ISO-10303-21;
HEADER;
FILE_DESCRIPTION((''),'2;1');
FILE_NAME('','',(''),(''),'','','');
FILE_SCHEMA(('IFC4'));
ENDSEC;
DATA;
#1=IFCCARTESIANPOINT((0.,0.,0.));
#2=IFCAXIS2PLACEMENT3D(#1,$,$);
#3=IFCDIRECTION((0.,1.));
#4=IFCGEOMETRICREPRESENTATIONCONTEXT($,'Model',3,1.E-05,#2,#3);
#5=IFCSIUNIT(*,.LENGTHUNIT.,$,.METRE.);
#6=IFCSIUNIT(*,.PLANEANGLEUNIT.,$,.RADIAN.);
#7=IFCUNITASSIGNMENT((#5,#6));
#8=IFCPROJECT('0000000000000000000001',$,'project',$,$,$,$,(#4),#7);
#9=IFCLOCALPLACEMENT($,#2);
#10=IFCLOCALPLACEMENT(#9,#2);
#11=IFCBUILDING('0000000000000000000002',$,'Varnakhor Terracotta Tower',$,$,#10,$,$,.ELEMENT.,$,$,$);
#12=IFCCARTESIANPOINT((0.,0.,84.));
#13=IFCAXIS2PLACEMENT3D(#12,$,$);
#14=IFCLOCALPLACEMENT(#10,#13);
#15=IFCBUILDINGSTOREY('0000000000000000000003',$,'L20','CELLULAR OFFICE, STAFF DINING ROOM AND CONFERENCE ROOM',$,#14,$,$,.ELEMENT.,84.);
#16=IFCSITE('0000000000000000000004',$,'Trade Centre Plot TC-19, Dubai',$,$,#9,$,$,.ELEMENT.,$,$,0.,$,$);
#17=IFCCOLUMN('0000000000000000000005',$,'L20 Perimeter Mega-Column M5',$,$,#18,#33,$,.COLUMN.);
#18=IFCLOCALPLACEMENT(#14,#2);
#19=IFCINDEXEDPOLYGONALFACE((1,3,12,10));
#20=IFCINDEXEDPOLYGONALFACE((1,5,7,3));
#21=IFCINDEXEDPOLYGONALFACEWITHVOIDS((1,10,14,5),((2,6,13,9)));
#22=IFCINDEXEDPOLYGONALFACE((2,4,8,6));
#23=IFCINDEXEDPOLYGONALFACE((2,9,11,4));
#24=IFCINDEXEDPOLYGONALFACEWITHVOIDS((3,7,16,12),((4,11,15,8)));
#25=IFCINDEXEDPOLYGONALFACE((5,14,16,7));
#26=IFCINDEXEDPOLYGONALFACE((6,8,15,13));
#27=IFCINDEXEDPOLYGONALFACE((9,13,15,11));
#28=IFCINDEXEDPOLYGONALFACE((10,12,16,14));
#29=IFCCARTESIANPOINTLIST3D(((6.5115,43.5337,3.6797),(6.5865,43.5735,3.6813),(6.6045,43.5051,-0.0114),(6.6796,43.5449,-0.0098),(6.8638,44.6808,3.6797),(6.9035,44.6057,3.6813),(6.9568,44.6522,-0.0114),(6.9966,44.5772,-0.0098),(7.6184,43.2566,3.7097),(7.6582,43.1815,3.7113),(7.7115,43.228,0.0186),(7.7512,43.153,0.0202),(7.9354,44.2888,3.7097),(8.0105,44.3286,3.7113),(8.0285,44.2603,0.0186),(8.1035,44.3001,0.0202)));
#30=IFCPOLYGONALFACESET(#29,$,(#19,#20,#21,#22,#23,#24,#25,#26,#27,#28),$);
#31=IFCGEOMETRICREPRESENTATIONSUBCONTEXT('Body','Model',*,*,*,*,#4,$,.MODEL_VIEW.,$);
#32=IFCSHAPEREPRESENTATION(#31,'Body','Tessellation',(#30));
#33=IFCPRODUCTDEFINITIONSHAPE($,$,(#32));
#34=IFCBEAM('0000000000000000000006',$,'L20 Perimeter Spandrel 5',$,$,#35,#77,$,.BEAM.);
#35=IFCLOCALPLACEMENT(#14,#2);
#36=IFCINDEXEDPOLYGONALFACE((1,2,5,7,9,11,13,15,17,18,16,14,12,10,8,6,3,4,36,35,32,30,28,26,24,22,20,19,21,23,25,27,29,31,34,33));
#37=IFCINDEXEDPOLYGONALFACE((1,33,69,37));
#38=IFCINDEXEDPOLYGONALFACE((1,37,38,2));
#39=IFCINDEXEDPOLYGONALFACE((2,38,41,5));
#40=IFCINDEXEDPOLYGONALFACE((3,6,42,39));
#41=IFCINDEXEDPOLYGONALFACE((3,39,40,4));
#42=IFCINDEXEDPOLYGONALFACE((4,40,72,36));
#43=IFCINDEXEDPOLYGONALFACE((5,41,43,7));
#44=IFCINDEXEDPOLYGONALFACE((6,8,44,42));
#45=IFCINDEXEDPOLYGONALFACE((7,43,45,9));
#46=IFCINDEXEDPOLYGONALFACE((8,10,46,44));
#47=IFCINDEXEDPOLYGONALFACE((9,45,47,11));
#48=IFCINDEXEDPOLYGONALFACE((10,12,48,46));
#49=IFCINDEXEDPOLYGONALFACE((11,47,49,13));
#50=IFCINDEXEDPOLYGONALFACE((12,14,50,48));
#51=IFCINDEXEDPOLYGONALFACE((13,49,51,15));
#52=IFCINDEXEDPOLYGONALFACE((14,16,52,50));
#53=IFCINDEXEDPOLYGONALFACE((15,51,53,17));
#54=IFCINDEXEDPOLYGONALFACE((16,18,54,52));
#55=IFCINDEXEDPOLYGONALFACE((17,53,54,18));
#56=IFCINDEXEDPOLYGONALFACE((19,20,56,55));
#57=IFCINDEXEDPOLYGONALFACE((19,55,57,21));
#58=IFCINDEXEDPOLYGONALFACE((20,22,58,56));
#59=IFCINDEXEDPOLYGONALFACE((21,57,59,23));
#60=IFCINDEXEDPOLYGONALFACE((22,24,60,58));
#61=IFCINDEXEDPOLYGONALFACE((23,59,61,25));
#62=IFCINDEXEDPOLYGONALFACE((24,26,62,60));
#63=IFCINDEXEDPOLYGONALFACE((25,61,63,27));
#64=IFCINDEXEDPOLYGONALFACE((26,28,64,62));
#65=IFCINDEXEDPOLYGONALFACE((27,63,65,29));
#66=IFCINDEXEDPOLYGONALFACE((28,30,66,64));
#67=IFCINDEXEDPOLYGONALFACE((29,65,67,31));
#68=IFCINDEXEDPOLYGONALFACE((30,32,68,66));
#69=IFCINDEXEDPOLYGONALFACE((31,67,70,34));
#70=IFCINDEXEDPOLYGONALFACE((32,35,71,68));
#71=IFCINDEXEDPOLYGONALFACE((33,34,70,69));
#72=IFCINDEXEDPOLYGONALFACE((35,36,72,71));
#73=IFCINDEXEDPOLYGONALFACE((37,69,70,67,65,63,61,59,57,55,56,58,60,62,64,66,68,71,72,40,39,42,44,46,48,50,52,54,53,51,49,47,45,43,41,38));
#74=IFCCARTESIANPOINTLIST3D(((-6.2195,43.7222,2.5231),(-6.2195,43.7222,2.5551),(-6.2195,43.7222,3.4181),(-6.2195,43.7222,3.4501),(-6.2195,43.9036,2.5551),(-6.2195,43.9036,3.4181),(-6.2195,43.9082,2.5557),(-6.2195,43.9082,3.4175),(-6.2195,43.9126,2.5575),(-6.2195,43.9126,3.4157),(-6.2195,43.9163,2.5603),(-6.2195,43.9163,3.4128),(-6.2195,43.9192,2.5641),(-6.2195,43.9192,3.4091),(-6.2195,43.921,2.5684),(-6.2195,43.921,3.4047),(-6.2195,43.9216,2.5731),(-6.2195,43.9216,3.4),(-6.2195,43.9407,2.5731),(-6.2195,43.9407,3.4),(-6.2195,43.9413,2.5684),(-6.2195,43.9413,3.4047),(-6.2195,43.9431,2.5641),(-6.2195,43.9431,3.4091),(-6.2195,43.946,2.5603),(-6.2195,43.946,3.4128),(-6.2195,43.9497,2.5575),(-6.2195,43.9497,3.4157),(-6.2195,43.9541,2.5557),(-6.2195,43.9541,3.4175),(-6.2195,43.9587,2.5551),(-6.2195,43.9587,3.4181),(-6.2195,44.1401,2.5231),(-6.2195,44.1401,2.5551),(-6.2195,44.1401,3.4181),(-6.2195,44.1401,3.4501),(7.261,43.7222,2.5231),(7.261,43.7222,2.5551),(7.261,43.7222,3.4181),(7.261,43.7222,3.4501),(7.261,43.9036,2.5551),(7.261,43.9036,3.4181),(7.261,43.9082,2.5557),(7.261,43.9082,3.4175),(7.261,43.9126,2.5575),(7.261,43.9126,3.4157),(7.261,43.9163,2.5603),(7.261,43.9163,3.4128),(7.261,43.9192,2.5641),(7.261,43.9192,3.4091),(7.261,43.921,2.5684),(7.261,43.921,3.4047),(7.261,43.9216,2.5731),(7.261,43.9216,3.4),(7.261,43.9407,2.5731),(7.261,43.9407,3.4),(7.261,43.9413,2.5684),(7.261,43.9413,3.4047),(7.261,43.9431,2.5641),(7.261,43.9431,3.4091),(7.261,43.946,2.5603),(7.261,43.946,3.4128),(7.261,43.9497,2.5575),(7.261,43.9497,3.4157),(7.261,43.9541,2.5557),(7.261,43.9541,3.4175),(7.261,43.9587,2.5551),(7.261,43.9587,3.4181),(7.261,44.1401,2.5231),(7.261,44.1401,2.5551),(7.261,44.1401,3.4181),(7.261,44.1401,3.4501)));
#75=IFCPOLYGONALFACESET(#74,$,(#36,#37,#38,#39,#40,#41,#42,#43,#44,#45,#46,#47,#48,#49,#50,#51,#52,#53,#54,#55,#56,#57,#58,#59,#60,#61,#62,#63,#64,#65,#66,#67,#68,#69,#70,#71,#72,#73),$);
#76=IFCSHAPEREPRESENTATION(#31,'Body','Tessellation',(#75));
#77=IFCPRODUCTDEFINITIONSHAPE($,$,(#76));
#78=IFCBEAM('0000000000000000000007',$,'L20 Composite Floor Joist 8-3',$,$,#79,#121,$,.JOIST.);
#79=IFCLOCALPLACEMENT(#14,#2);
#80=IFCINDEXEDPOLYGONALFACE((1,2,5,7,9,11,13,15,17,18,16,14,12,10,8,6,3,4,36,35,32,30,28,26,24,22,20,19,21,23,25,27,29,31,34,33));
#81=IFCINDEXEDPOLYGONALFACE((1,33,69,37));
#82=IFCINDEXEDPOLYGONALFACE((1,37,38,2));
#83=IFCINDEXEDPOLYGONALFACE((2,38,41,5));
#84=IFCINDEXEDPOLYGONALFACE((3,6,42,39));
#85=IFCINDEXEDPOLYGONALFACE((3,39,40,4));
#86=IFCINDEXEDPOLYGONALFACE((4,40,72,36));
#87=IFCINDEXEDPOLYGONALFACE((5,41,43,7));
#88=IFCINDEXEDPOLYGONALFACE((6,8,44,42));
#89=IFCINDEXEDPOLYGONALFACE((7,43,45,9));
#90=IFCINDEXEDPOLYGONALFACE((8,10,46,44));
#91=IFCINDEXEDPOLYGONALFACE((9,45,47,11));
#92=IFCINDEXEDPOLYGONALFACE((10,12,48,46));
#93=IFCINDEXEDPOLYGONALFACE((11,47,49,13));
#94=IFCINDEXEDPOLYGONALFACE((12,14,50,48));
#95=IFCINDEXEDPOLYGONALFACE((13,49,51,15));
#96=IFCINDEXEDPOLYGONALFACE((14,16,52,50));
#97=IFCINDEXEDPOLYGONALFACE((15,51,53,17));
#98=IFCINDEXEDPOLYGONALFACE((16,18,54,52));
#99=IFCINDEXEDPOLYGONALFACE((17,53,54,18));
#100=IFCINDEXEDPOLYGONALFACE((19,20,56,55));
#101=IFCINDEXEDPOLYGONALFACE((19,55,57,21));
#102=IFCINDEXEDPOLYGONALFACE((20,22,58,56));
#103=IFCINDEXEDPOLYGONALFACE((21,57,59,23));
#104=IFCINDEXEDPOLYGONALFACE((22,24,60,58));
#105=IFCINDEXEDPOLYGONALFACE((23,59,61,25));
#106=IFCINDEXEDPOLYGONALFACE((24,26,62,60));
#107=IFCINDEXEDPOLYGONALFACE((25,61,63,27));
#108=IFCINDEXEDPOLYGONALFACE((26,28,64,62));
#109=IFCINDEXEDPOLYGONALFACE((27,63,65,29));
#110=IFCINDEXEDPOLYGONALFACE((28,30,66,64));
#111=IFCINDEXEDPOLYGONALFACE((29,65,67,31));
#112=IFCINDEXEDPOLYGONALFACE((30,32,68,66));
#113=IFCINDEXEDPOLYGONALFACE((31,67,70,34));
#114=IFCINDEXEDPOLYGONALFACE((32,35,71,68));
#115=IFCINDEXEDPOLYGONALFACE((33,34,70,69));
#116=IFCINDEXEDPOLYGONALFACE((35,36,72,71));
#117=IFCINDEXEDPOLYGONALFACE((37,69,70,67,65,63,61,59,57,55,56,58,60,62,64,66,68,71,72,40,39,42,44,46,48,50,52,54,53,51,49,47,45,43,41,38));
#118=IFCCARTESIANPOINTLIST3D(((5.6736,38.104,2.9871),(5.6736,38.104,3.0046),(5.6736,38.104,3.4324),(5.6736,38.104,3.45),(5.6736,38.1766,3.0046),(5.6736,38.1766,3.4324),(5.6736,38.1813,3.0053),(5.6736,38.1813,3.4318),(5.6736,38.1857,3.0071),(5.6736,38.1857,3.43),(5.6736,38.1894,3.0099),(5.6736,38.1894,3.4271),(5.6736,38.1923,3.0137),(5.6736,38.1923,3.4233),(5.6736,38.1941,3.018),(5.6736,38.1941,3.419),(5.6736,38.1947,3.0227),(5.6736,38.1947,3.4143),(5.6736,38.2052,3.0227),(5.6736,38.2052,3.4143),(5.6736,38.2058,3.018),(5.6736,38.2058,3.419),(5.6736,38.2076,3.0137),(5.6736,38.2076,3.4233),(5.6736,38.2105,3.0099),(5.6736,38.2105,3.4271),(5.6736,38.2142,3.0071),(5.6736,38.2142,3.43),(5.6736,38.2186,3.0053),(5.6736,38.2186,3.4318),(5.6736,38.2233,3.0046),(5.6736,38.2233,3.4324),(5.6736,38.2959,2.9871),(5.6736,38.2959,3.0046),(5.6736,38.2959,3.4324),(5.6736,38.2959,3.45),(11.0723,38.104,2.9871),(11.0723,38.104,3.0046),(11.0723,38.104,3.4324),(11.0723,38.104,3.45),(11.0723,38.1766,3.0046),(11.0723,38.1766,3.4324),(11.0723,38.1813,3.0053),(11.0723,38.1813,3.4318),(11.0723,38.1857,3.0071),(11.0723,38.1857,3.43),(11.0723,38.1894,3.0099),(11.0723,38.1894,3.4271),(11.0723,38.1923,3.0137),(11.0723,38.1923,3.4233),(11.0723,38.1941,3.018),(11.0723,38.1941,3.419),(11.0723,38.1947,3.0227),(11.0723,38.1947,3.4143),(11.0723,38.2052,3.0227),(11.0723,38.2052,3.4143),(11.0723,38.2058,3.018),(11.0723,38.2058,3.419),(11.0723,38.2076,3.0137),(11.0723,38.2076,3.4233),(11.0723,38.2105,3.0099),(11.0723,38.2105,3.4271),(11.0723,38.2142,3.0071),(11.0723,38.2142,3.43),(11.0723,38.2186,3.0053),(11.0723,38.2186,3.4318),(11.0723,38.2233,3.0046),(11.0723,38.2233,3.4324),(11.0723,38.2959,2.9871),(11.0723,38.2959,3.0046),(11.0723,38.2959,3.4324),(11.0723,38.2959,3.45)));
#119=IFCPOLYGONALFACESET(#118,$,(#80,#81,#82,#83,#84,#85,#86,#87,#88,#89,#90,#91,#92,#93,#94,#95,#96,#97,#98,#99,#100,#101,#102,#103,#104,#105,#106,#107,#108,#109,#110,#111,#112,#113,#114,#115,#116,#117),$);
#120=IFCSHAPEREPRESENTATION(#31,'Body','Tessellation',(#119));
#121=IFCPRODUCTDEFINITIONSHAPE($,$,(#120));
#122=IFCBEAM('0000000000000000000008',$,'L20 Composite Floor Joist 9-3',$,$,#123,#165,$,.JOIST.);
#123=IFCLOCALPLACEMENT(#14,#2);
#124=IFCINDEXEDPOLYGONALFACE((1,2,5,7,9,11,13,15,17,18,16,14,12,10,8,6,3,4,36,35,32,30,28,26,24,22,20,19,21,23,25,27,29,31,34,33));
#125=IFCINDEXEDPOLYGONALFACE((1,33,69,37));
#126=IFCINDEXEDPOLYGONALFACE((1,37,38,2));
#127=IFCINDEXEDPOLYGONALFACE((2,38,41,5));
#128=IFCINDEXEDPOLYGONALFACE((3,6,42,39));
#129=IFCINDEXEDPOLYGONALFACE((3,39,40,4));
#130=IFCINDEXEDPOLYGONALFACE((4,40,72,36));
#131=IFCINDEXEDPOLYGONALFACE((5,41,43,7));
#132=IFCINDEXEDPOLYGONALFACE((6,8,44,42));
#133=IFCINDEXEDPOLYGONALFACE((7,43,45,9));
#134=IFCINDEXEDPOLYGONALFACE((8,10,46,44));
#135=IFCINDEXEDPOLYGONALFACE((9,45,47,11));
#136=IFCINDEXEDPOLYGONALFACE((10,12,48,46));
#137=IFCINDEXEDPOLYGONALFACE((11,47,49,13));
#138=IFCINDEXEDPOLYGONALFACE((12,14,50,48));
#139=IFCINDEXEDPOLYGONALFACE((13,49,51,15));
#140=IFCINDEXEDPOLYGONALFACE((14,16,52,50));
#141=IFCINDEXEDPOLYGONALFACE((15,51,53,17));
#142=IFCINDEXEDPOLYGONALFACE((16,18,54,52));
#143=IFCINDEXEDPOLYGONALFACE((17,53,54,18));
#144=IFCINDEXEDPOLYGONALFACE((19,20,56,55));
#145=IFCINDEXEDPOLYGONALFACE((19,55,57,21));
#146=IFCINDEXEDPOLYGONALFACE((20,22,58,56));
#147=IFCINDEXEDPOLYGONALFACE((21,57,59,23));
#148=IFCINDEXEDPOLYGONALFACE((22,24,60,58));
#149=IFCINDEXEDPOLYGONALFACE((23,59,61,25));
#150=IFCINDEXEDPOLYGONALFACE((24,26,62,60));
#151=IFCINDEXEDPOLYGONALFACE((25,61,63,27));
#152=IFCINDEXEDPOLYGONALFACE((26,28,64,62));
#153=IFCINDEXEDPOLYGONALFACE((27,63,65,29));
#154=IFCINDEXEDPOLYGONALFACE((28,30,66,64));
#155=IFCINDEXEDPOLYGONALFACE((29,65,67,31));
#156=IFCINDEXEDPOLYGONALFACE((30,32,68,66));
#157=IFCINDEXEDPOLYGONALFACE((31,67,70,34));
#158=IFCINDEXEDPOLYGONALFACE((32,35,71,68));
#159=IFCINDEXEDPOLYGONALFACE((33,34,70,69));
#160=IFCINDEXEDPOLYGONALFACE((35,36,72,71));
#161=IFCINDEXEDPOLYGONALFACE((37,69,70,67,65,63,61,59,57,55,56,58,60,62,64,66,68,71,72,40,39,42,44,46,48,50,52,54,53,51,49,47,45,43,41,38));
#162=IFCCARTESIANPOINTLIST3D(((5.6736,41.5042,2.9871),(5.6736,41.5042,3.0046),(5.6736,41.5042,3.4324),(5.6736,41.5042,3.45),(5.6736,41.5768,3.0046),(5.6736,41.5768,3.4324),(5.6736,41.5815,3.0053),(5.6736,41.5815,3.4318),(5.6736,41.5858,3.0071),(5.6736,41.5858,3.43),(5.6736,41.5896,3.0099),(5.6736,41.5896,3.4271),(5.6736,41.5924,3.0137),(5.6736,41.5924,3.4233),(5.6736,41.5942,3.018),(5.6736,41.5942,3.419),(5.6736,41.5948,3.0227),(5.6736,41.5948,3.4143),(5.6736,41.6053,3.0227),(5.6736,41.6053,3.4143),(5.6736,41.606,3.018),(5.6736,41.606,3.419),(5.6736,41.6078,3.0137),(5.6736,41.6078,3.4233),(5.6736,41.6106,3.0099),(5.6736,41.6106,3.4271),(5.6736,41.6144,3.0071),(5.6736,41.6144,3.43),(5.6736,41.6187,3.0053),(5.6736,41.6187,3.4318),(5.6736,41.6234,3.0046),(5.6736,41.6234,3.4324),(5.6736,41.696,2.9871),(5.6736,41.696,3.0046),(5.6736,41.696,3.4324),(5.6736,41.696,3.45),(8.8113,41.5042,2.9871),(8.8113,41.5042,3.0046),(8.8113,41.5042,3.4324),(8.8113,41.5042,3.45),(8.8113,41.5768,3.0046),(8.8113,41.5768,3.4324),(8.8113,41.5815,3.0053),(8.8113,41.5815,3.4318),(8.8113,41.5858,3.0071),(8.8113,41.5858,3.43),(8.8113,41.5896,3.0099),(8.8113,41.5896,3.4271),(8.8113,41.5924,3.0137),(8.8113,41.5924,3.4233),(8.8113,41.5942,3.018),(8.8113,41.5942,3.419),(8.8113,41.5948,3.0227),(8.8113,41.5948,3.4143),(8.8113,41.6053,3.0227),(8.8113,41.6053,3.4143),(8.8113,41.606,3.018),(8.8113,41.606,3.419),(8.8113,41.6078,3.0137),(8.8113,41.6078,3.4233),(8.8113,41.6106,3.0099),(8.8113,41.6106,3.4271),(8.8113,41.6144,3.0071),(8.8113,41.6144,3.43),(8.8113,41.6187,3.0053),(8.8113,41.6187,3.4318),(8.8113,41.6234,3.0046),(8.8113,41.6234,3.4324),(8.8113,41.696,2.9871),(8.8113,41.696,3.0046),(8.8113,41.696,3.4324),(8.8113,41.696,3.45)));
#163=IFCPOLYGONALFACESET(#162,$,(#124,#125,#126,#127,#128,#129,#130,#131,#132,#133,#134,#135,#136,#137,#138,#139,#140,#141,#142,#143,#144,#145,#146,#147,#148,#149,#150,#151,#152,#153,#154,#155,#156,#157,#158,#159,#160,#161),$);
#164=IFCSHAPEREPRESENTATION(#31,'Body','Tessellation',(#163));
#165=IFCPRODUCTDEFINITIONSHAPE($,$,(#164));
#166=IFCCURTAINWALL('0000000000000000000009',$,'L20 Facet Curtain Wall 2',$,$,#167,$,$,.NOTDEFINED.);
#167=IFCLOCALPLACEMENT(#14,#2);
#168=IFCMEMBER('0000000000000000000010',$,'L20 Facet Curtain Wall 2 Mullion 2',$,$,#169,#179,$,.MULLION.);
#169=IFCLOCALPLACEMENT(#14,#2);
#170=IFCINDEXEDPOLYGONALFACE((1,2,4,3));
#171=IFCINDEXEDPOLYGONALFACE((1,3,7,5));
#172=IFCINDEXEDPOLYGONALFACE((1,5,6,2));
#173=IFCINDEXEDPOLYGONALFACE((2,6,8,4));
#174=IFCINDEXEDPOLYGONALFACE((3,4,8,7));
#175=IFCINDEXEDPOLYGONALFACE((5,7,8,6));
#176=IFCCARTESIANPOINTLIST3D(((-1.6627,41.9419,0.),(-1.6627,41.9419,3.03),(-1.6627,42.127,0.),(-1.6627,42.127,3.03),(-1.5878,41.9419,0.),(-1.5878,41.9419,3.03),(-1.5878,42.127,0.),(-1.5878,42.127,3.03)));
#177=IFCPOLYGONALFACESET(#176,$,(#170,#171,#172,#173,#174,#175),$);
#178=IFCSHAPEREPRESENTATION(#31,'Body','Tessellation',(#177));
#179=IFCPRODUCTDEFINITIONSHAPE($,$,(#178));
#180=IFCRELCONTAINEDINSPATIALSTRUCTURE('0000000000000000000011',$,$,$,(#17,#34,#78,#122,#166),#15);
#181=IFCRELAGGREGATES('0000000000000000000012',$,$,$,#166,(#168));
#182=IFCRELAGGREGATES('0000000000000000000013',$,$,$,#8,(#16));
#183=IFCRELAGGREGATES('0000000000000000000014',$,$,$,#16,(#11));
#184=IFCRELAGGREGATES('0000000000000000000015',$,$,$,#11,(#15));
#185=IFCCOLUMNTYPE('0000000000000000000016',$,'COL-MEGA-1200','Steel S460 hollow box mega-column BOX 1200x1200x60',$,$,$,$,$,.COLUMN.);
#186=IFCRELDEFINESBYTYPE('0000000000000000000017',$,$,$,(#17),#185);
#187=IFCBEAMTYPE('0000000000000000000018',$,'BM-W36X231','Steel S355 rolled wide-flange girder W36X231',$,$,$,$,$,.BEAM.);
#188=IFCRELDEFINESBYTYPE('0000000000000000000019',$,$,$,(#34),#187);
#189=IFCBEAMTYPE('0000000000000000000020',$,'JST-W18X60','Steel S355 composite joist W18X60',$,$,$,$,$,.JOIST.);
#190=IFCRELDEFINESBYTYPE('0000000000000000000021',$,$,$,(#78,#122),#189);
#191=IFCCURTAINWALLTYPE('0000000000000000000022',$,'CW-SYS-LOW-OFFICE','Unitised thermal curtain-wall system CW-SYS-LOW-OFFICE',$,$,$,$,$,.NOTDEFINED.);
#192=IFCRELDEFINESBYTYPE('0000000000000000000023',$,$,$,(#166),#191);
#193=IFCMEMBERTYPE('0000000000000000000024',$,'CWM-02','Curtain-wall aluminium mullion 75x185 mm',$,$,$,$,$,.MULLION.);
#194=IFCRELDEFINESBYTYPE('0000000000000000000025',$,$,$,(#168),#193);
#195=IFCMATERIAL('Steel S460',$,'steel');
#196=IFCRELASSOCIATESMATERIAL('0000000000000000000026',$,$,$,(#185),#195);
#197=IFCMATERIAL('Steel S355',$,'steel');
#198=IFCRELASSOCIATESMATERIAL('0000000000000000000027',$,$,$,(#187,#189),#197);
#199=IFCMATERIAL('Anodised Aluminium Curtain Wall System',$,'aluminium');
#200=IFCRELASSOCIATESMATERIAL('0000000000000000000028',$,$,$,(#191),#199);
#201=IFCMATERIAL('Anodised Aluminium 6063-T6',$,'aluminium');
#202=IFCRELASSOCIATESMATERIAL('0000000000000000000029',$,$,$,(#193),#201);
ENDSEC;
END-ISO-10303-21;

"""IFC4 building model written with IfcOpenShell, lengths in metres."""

from ifc_helpers import new_model, si_unit, direction, frame, origin, origin_2d, place, context, subcontext, project, spatial, rectangle, hollow_rectangle, i_section, extrude, source, transform, mapped, material, material_profile, profile_set, type_object, type_shapes, element, aggregate, save


model = new_model("IFC4")

# Units and contexts
model_context = context("Model", 3, precision=1e-05, world=origin(), true_north=direction((0.0, 1.0)))
body_context = subcontext(model_context, "Body", "Model", "MODEL_VIEW")
ifc_project = project(units=[si_unit("LENGTHUNIT", "METRE"), si_unit("PLANEANGLEUNIT", "RADIAN")], contexts=[model_context])

# Site, building, storey
site_placement = place(None, origin())
site = spatial("IfcSite", under=ifc_project, at=site_placement, Name="Trade Centre Plot TC-19, Dubai", CompositionType="ELEMENT", RefElevation=0.0)
building_placement = place(site_placement, origin())
building = spatial("IfcBuilding", under=site, at=building_placement, Name="Varnakhor Terracotta Tower", CompositionType="ELEMENT")
storey_placement = place(building_placement, frame((0.0, 0.0, 84.0)))
storey = spatial("IfcBuildingStorey", under=building, at=storey_placement, Name="L20", Description="CELLULAR OFFICE, STAFF DINING ROOM AND CONFERENCE ROOM", CompositionType="ELEMENT", Elevation=84.0)

# Column
ifc_material_1 = material(Name="Steel S460", Category="steel")
ifc_material_profile_1 = material_profile(ifc_material_1, hollow_rectangle(XDim=1.2, YDim=1.2, WallThickness=0.0601, at=origin_2d()), Name="BOX 1200x1200x60")
ifc_profile_set_1 = profile_set([ifc_material_profile_1], Name="Steel S460")
column_type = type_object("IfcColumnType", Name="COL-MEGA-1200", Description="Steel S460 hollow box mega-column BOX 1200x1200x60", PredefinedType="COLUMN", material=ifc_profile_set_1)
shared_shape_1 = source(origin(), body_context, "Body", "SweptSolid", [
    extrude(hollow_rectangle(XDim=1.2, YDim=1.2, WallThickness=0.0601, at=origin_2d()), origin(), (0.0, 0.0, 1.0), 3.6924),
])
column_placement = place(storey_placement, frame((7.354, 43.9026, 0.0044), z_axis=(-0.025191, 0.007736, 0.999653), x_axis=(-0.293557, -0.955942, 0.0)))
element("IfcColumn", 1, at=column_placement, inside=storey, type_object=column_type, Name="L20 Perimeter Mega-Column M5", PredefinedType="COLUMN", context=body_context, shape_type="MappedRepresentation", body=[
    mapped(shared_shape_1, transform((0.0, 0.0, 0.0), scale=1.0)),
])

# Beams
ifc_material_2 = material(Name="Steel S355", Category="steel")
ifc_material_profile_2 = material_profile(ifc_material_2, i_section(OverallWidth=0.418, OverallDepth=0.927, WebThickness=0.019, FlangeThickness=0.032, FilletRadius=0.0181, at=origin_2d()), Name="W36X231")
ifc_profile_set_2 = profile_set([ifc_material_profile_2], Name="Steel S355")
beam_type_1 = type_object("IfcBeamType", Name="BM-W36X231", Description="Steel S355 rolled wide-flange girder W36X231", PredefinedType="BEAM", material=ifc_profile_set_2)
shared_shape_2 = source(origin(), body_context, "Body", "SweptSolid", [
    extrude(i_section(OverallWidth=0.418, OverallDepth=0.927, WebThickness=0.019, FlangeThickness=0.032, FilletRadius=0.0181, at=origin_2d()), origin(), (0.0, 0.0, 1.0), 13.4805),
])
beam_1_placement = place(storey_placement, frame((7.261, 43.9312, 2.9866), z_axis=(-1.0, 0.0, 0.0), x_axis=(0.0, -1.0, 0.0)))
element("IfcBeam", 2, at=beam_1_placement, inside=storey, type_object=beam_type_1, Name="L20 Perimeter Spandrel 5", PredefinedType="BEAM", context=body_context, shape_type="MappedRepresentation", body=[
    mapped(shared_shape_2, transform((0.0, 0.0, 0.0), scale=1.0)),
])
ifc_material_profile_3 = material_profile(ifc_material_2, i_section(OverallWidth=0.1919, OverallDepth=0.4629, WebThickness=0.0105, FlangeThickness=0.0176, FilletRadius=0.0181, at=origin_2d()), Name="W18X60")
ifc_profile_set_3 = profile_set([ifc_material_profile_3], Name="Steel S355")
beam_type_2 = type_object("IfcBeamType", Name="JST-W18X60", Description="Steel S355 composite joist W18X60", PredefinedType="JOIST", material=ifc_profile_set_3)
shared_shape_3 = source(origin(), body_context, "Body", "SweptSolid", [
    extrude(i_section(OverallWidth=0.1919, OverallDepth=0.4629, WebThickness=0.0105, FlangeThickness=0.0176, FilletRadius=0.0181, at=origin_2d()), origin(), (0.0, 0.0, 1.0), 5.3987),
])
beam_2_placement = place(storey_placement, frame((5.6736, 38.2, 3.2185), z_axis=(1.0, 0.0, 0.0), x_axis=(0.0, 1.0, 0.0)))
element("IfcBeam", 3, at=beam_2_placement, inside=storey, type_object=beam_type_2, Name="L20 Composite Floor Joist 8-3", PredefinedType="JOIST", context=body_context, shape_type="MappedRepresentation", body=[
    mapped(shared_shape_3, transform((0.0, 0.0, 0.0), scale=1.0)),
])
shared_shape_4 = source(origin(), body_context, "Body", "SweptSolid", [
    extrude(i_section(OverallWidth=0.1919, OverallDepth=0.4629, WebThickness=0.0105, FlangeThickness=0.0176, FilletRadius=0.0181, at=origin_2d()), origin(), (0.0, 0.0, 1.0), 3.1377),
])
beam_3_placement = place(storey_placement, frame((5.6736, 41.6001, 3.2185), z_axis=(1.0, 0.0, 0.0), x_axis=(0.0, 1.0, 0.0)))
element("IfcBeam", 4, at=beam_3_placement, inside=storey, type_object=beam_type_2, Name="L20 Composite Floor Joist 9-3", PredefinedType="JOIST", context=body_context, shape_type="MappedRepresentation", body=[
    mapped(shared_shape_4, transform((0.0, 0.0, 0.0), scale=1.0)),
])

# Curtain wall, member
ifc_material_3 = material(Name="Anodised Aluminium Curtain Wall System", Category="aluminium")
curtain_wall_type = type_object("IfcCurtainWallType", Name="CW-SYS-LOW-OFFICE", Description="Unitised thermal curtain-wall system CW-SYS-LOW-OFFICE", PredefinedType="NOTDEFINED", material=ifc_material_3)
curtain_wall_1_placement = place(storey_placement, origin())
curtain_wall_1 = element("IfcCurtainWall", 5, at=curtain_wall_1_placement, inside=storey, type_object=curtain_wall_type, Name="L20 Facet Curtain Wall 2", PredefinedType="NOTDEFINED")
ifc_material_4 = material(Name="Anodised Aluminium 6063-T6", Category="aluminium")
ifc_material_profile_4 = material_profile(ifc_material_4, rectangle(XDim=0.075, YDim=0.1851, at=origin_2d()), Name="ALU MULLION 75x185")
ifc_profile_set_4 = profile_set([ifc_material_profile_4], Name="Anodised Aluminium 6063-T6")
member_type_1 = type_object("IfcMemberType", Name="CWM-02", Description="Curtain-wall aluminium mullion 75x185 mm", PredefinedType="MULLION", material=ifc_profile_set_4)
shared_shape_5 = source(origin(), body_context, "Body", "SweptSolid", [
    extrude(rectangle(XDim=0.075, YDim=0.1851, at=origin_2d()), origin(), (0.0, 0.0, 1.0), 3.03),
])
type_shapes(member_type_1, [shared_shape_5])
member_1_placement = place(storey_placement, frame((-1.6252, 42.0344, 0.0), z_axis=(0.0, 0.0, 1.0), x_axis=(1.0, 0.0, 0.0)))
member_1 = element("IfcMember", 6, at=member_1_placement, type_object=member_type_1, Name="L20 Facet Curtain Wall 2 Mullion 2", PredefinedType="MULLION", context=body_context, shape_type="MappedRepresentation", body=[
    mapped(shared_shape_5, transform((0.0, 0.0, 0.0), scale=1.0)),
])

aggregate(curtain_wall_1, [member_1])

save(model, "model.ifc")
